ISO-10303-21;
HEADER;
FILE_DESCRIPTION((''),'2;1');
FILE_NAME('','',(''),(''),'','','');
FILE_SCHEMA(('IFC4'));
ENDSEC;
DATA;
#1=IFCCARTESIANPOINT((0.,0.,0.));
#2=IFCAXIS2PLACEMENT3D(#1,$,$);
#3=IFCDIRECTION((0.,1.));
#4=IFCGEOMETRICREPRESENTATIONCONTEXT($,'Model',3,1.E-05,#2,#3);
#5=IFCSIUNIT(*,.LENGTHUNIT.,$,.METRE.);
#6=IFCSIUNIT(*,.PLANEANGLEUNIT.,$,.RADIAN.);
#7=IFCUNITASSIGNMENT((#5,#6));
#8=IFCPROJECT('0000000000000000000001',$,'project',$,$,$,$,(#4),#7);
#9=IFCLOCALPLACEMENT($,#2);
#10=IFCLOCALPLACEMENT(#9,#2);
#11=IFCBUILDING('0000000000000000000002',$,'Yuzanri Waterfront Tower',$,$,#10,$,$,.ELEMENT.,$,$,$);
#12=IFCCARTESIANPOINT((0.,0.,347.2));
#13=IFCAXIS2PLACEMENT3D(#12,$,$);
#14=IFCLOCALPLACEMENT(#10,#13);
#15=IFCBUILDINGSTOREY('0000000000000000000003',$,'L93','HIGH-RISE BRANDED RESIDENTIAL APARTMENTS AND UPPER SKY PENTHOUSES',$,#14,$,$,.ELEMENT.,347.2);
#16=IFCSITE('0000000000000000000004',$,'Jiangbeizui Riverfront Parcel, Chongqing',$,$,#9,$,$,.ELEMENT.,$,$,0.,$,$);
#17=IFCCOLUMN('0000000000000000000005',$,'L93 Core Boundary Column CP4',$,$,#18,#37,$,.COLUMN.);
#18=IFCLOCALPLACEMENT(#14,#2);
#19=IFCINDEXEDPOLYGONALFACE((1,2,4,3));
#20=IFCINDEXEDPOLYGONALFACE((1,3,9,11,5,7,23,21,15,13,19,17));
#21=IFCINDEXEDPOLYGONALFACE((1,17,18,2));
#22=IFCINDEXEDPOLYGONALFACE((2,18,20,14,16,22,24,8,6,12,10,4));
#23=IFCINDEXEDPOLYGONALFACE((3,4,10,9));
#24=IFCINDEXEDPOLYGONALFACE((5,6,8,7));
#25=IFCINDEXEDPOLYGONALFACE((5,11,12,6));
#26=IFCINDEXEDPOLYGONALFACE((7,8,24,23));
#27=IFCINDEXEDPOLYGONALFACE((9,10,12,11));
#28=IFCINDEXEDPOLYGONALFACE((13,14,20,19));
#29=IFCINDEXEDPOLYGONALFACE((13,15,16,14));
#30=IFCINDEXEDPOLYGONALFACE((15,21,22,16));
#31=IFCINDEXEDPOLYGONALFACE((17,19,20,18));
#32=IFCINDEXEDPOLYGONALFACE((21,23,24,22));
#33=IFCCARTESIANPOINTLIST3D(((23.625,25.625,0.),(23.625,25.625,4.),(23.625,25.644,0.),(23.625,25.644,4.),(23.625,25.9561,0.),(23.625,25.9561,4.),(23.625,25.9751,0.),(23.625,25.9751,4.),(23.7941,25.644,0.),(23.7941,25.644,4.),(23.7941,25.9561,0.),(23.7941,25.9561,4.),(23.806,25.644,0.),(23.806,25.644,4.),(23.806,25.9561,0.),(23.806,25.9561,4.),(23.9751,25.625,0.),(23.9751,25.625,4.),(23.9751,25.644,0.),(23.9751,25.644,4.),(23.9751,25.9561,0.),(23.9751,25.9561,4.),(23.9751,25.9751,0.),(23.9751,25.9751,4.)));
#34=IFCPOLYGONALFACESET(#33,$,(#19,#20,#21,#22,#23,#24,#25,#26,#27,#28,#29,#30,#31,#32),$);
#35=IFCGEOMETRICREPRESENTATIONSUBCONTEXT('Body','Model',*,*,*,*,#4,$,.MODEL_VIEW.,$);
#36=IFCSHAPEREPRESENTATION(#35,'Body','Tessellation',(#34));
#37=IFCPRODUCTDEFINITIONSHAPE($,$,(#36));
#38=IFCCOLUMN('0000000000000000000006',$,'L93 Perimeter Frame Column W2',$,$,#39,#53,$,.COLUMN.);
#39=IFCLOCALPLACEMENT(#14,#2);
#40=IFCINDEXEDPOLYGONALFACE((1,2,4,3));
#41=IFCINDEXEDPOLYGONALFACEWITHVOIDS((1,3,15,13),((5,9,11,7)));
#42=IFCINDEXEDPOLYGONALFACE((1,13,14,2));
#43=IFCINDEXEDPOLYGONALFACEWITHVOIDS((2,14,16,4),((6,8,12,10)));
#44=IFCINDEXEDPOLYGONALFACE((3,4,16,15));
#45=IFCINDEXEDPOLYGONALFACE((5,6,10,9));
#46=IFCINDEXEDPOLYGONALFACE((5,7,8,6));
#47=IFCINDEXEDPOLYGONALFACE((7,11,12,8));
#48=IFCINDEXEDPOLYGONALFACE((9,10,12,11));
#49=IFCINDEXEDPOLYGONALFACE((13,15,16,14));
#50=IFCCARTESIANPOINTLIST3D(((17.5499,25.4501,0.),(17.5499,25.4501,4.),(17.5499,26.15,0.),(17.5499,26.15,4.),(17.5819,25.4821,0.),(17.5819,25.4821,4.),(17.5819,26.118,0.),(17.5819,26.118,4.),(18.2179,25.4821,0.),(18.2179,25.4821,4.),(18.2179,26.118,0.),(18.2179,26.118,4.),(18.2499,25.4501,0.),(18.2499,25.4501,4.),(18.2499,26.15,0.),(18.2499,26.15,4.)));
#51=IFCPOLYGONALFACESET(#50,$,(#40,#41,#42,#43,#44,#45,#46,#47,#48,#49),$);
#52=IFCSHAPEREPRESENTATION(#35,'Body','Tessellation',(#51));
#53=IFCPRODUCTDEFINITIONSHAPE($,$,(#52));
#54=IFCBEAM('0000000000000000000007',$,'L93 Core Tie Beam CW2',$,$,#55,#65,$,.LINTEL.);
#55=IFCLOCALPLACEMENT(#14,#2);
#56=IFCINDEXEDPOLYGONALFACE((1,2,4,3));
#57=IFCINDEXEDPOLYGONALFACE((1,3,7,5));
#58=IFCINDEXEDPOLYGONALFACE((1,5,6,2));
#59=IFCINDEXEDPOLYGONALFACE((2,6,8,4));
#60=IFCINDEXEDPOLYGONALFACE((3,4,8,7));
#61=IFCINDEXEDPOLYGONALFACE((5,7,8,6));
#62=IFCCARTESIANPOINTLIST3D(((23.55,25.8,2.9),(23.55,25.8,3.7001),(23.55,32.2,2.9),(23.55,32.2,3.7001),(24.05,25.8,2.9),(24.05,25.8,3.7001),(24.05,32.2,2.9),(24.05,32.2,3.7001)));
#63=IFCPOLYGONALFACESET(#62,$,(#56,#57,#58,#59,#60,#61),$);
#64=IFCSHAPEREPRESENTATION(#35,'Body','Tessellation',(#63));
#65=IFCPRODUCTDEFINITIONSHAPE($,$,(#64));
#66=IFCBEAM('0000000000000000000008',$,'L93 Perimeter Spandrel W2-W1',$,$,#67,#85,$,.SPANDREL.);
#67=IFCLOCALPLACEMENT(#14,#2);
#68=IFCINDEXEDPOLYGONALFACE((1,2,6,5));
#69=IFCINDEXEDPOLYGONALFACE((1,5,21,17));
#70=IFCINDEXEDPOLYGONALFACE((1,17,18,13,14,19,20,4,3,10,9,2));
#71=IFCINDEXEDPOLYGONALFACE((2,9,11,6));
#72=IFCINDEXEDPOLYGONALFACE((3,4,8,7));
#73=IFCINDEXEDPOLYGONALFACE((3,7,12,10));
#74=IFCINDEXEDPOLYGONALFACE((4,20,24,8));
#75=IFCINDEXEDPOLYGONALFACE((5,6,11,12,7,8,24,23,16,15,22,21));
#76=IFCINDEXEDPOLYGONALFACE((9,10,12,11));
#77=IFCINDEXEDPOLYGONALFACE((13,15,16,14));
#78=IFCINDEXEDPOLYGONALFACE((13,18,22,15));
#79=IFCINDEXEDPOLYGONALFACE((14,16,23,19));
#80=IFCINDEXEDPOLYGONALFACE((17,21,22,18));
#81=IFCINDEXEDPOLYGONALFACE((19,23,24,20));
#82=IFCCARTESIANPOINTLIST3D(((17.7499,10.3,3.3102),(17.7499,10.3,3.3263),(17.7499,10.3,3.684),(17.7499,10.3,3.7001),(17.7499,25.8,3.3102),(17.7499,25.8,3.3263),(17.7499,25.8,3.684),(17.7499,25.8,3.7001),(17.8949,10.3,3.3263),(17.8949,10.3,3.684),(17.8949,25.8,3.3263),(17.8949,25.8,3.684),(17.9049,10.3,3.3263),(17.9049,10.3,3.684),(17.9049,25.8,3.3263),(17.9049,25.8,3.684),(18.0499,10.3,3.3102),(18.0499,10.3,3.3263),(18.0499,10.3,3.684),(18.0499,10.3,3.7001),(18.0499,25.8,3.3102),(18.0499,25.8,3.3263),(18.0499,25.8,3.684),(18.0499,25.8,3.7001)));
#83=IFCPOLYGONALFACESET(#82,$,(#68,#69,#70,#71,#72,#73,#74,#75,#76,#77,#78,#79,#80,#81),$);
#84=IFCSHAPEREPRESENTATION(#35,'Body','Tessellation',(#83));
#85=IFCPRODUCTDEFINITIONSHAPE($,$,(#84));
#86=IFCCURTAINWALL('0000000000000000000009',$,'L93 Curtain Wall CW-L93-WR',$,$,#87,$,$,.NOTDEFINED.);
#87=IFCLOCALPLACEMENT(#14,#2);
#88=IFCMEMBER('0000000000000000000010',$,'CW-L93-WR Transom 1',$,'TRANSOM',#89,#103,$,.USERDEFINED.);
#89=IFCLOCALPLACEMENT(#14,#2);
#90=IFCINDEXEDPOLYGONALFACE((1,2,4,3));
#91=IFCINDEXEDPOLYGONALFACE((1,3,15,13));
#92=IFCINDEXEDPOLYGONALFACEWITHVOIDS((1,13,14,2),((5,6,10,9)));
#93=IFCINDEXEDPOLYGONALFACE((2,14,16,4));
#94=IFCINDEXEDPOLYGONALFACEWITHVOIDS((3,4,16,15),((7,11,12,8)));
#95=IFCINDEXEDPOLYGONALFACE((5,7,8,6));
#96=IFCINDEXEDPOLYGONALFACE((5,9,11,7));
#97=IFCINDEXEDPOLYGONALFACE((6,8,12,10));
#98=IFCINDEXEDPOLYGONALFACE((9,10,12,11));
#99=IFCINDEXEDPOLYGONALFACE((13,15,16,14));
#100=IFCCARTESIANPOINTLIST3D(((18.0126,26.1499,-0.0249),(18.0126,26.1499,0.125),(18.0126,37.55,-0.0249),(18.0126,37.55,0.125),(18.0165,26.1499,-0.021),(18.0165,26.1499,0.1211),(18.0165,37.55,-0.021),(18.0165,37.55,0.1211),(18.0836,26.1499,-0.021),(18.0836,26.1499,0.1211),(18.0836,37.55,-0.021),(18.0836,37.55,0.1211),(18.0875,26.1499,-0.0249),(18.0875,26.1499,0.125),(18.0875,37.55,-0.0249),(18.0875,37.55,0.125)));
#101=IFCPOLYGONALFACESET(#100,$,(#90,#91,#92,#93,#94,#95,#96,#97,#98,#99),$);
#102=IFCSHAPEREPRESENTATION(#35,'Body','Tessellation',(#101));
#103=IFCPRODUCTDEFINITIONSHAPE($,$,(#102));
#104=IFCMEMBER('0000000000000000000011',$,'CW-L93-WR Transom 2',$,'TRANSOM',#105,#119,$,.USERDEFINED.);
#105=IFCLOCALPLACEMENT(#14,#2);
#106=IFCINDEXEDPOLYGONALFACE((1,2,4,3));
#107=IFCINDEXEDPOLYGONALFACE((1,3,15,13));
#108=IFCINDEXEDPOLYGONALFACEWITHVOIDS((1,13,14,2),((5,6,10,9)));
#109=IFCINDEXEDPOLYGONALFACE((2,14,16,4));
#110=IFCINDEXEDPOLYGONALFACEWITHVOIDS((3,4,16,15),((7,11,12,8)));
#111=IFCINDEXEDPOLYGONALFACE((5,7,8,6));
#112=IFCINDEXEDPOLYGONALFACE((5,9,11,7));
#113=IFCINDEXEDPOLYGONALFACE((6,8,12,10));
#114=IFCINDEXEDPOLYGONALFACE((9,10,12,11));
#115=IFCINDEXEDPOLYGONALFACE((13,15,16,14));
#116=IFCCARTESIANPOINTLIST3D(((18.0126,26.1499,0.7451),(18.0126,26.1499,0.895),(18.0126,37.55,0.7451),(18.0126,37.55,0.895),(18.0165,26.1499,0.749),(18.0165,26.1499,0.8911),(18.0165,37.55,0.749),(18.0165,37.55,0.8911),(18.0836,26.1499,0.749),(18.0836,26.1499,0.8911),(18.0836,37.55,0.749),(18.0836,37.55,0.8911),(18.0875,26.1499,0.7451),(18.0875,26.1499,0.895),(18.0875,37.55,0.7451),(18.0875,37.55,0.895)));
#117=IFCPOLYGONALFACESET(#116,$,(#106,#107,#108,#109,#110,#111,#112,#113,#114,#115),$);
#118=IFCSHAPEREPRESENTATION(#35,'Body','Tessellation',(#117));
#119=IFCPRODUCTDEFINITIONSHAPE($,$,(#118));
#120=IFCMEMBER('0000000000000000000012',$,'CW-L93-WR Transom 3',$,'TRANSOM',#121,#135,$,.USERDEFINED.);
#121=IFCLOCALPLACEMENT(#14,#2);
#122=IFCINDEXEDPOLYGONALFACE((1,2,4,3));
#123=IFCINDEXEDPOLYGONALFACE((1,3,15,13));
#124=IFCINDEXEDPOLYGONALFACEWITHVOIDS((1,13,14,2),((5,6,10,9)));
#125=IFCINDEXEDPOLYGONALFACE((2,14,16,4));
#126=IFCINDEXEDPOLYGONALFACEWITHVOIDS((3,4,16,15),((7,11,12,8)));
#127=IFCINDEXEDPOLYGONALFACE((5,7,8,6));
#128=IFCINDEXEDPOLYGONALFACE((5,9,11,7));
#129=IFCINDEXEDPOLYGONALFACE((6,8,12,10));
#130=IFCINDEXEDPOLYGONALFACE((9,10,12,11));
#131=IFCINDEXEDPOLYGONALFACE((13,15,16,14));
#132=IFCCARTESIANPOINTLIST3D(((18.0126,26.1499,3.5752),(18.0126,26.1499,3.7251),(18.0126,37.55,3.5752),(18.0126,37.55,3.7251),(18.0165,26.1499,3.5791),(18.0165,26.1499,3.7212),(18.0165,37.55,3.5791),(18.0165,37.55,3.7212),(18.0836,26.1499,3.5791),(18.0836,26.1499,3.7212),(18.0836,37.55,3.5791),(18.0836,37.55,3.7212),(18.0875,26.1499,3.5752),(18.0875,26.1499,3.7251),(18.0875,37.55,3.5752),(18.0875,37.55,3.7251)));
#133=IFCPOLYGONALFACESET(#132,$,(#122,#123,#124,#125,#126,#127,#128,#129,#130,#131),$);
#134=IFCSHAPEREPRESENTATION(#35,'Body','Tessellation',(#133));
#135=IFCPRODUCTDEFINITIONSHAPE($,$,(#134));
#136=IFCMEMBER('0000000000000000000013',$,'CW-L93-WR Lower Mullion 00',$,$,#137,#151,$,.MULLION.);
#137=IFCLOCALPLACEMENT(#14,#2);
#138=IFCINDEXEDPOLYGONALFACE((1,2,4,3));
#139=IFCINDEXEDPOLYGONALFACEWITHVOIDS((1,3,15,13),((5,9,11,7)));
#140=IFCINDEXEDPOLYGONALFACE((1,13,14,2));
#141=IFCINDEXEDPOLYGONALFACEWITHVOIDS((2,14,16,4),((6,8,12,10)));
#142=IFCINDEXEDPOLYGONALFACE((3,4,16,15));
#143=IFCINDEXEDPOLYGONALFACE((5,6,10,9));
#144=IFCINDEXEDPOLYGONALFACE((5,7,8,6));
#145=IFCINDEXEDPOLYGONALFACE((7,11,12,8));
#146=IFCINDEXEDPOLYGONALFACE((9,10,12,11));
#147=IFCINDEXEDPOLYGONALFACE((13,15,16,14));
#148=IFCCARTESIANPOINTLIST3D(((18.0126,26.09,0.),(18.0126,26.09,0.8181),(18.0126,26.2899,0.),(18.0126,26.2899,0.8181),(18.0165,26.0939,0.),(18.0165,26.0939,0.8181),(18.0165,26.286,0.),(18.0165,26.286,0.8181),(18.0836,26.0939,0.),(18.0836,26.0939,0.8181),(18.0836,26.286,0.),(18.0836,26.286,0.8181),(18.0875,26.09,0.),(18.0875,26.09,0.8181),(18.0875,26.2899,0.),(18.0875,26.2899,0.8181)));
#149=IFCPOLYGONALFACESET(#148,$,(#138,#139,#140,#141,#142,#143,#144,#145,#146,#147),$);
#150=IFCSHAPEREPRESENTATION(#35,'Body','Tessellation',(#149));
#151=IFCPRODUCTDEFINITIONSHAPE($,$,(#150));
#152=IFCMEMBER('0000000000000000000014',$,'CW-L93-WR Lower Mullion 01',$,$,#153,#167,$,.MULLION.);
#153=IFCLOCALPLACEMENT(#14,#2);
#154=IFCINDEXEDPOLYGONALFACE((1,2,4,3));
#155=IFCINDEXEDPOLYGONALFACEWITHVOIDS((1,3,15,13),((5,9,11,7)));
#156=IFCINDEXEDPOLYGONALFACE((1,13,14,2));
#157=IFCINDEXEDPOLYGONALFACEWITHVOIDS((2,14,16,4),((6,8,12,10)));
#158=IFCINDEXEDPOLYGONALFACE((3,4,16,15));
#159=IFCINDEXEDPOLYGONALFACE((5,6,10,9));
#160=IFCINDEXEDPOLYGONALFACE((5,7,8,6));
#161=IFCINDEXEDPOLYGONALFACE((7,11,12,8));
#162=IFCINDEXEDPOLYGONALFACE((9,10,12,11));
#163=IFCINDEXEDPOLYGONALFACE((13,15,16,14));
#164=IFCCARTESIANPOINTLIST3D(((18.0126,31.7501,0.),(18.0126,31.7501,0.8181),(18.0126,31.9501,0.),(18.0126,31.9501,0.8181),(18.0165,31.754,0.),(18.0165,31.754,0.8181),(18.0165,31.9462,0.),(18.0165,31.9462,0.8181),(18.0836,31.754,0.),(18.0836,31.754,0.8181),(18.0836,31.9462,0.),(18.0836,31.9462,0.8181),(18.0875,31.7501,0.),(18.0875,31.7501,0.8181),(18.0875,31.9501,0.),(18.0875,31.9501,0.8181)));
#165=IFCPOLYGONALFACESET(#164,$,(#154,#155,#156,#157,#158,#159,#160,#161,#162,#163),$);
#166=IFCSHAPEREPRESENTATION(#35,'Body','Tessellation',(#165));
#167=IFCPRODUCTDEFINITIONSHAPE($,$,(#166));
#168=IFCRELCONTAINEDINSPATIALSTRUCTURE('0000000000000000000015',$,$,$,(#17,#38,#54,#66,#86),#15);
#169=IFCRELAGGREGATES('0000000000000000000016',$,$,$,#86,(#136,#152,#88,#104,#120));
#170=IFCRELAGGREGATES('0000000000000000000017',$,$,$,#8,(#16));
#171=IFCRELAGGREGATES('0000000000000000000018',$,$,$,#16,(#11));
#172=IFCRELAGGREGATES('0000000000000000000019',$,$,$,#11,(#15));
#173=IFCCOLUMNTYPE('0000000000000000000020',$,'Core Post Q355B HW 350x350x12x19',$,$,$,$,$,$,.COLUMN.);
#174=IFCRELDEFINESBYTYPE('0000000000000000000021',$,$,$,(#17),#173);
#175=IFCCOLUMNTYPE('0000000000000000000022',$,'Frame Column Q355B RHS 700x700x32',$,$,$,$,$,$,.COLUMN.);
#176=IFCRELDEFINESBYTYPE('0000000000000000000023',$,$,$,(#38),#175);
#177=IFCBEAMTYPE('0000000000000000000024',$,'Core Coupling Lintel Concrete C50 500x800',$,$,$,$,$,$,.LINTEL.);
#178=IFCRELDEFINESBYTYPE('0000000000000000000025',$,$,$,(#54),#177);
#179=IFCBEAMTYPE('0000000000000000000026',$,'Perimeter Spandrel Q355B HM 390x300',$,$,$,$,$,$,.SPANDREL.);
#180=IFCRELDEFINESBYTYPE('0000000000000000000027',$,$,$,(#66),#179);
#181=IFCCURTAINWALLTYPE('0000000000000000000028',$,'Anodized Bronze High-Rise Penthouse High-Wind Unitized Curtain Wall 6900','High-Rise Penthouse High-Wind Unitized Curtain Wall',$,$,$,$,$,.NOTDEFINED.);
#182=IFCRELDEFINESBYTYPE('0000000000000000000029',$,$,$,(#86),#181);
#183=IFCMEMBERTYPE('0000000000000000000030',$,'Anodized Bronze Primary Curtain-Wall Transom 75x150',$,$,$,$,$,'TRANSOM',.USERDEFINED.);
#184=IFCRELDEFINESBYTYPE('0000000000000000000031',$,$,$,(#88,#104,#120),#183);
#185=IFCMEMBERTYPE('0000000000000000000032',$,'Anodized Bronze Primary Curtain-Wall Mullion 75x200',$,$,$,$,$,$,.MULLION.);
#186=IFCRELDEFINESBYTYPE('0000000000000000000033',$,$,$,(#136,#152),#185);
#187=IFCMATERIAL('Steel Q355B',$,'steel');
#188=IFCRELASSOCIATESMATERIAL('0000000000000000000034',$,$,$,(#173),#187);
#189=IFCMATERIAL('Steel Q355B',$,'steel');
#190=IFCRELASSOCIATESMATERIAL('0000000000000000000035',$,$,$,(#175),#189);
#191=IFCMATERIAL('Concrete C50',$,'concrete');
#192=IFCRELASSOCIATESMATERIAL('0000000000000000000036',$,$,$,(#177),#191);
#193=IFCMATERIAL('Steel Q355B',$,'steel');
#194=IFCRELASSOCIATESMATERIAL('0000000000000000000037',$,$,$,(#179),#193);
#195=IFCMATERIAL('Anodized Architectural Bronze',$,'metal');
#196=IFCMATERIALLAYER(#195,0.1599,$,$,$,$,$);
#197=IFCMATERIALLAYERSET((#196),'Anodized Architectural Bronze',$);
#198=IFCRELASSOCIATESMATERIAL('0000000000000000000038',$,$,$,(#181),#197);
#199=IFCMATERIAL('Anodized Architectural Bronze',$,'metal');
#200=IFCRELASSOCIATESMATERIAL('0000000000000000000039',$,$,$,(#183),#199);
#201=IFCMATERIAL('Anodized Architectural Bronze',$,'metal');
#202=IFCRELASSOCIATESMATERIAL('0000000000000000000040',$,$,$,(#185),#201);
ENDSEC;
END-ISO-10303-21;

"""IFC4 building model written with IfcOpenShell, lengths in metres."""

from ifc_helpers import new_model, si_unit, direction, frame, origin, origin_2d, place, context, subcontext, project, spatial, rectangle, hollow_rectangle, i_section, extrude, source, transform, mapped, material, layer, layer_set, material_profile, profile_set, type_object, element, aggregate, save


model = new_model("IFC4")

# Units and contexts
model_context = context("Model", 3, precision=1e-05, world=origin(), true_north=direction((0.0, 1.0)))
body_context = subcontext(model_context, "Body", "Model", "MODEL_VIEW")
ifc_project = project(units=[si_unit("LENGTHUNIT", "METRE"), si_unit("PLANEANGLEUNIT", "RADIAN")], contexts=[model_context])

# Site, building, storey
site_placement = place(None, origin())
site = spatial("IfcSite", under=ifc_project, at=site_placement, Name="Jiangbeizui Riverfront Parcel, Chongqing", CompositionType="ELEMENT", RefElevation=0.0)
building_placement = place(site_placement, origin())
building = spatial("IfcBuilding", under=site, at=building_placement, Name="Yuzanri Waterfront Tower", CompositionType="ELEMENT")
storey_placement = place(building_placement, frame((0.0, 0.0, 347.2)))
storey = spatial("IfcBuildingStorey", under=building, at=storey_placement, Name="L93", Description="HIGH-RISE BRANDED RESIDENTIAL APARTMENTS AND UPPER SKY PENTHOUSES", CompositionType="ELEMENT", Elevation=347.2)

# Columns
ifc_material_1 = material(Name="Steel Q355B", Category="steel")
ifc_material_profile_1 = material_profile(ifc_material_1, i_section(OverallWidth=0.3501, OverallDepth=0.3501, WebThickness=0.012, FlangeThickness=0.019, at=origin_2d()), Name="HW 350x350x12x19")
ifc_profile_set_1 = profile_set([ifc_material_profile_1], Name="Steel Q355B")
column_type_1 = type_object("IfcColumnType", Name="Core Post Q355B HW 350x350x12x19", PredefinedType="COLUMN", material=ifc_profile_set_1)
shared_shape_1 = source(origin(), body_context, "Body", "SweptSolid", [
    extrude(i_section(OverallWidth=0.3501, OverallDepth=0.3501, WebThickness=0.012, FlangeThickness=0.019, at=origin_2d()), origin(), (0.0, 0.0, 1.0), 4.0),
])
column_1_placement = place(storey_placement, frame((23.8, 25.8, 0.0), z_axis=(0.0, 0.0, 1.0), x_axis=(1.0, 0.0, 0.0)))
element("IfcColumn", 1, at=column_1_placement, inside=storey, type_object=column_type_1, Name="L93 Core Boundary Column CP4", PredefinedType="COLUMN", context=body_context, shape_type="MappedRepresentation", body=[
    mapped(shared_shape_1, transform((0.0, 0.0, 0.0), scale=1.0)),
])
ifc_material_2 = material(Name="Steel Q355B", Category="steel")
ifc_material_profile_2 = material_profile(ifc_material_2, hollow_rectangle(XDim=0.7, YDim=0.7, WallThickness=0.032, at=origin_2d()), Name="RHS 700x700x32")
ifc_profile_set_2 = profile_set([ifc_material_profile_2], Name="Steel Q355B")
column_type_2 = type_object("IfcColumnType", Name="Frame Column Q355B RHS 700x700x32", PredefinedType="COLUMN", material=ifc_profile_set_2)
shared_shape_2 = source(origin(), body_context, "Body", "SweptSolid", [
    extrude(hollow_rectangle(XDim=0.7, YDim=0.7, WallThickness=0.032, at=origin_2d()), origin(), (0.0, 0.0, 1.0), 4.0),
])
column_2_placement = place(storey_placement, frame((17.8999, 25.8, 0.0), z_axis=(0.0, 0.0, 1.0), x_axis=(1.0, 0.0, 0.0)))
element("IfcColumn", 2, at=column_2_placement, inside=storey, type_object=column_type_2, Name="L93 Perimeter Frame Column W2", PredefinedType="COLUMN", context=body_context, shape_type="MappedRepresentation", body=[
    mapped(shared_shape_2, transform((0.0, 0.0, 0.0), scale=1.0)),
])

# Beams
ifc_material_3 = material(Name="Concrete C50", Category="concrete")
ifc_material_profile_3 = material_profile(ifc_material_3, rectangle(XDim=0.5, YDim=0.8, at=origin_2d()), Name="RC 500x800")
ifc_profile_set_3 = profile_set([ifc_material_profile_3], Name="Concrete C50")
beam_type_1 = type_object("IfcBeamType", Name="Core Coupling Lintel Concrete C50 500x800", PredefinedType="LINTEL", material=ifc_profile_set_3)
shared_shape_3 = source(origin(), body_context, "Body", "SweptSolid", [
    extrude(rectangle(XDim=0.5, YDim=0.8, at=origin_2d()), origin(), (0.0, 0.0, 1.0), 6.3999),
])
beam_1_placement = place(storey_placement, frame((23.8, 25.8, 3.3), z_axis=(0.0, 1.0, 0.0), x_axis=(-1.0, 0.0, 0.0)))
element("IfcBeam", 3, at=beam_1_placement, inside=storey, type_object=beam_type_1, Name="L93 Core Tie Beam CW2", PredefinedType="LINTEL", context=body_context, shape_type="MappedRepresentation", body=[
    mapped(shared_shape_3, transform((0.0, 0.0, 0.0), scale=1.0)),
])
ifc_material_4 = material(Name="Steel Q355B", Category="steel")
ifc_material_profile_4 = material_profile(ifc_material_4, i_section(OverallWidth=0.3, OverallDepth=0.3899, WebThickness=0.01, FlangeThickness=0.0161, at=origin_2d()), Name="HM 390x300x10x16")
ifc_profile_set_4 = profile_set([ifc_material_profile_4], Name="Steel Q355B")
beam_type_2 = type_object("IfcBeamType", Name="Perimeter Spandrel Q355B HM 390x300", PredefinedType="SPANDREL", material=ifc_profile_set_4)
shared_shape_4 = source(origin(), body_context, "Body", "SweptSolid", [
    extrude(i_section(OverallWidth=0.3, OverallDepth=0.3899, WebThickness=0.01, FlangeThickness=0.0161, at=origin_2d()), origin(), (0.0, 0.0, 1.0), 15.5),
])
beam_2_placement = place(storey_placement, frame((17.8999, 25.8, 3.5051), z_axis=(0.0, -1.0, 0.0), x_axis=(1.0, 0.0, 0.0)))
element("IfcBeam", 4, at=beam_2_placement, inside=storey, type_object=beam_type_2, Name="L93 Perimeter Spandrel W2-W1", PredefinedType="SPANDREL", context=body_context, shape_type="MappedRepresentation", body=[
    mapped(shared_shape_4, transform((0.0, 0.0, 0.0), scale=1.0)),
])

# Curtain wall, members
ifc_material_5 = material(Name="Anodized Architectural Bronze", Category="metal")
ifc_layer_1 = layer(ifc_material_5, 0.1599)
ifc_layer_set_1 = layer_set([ifc_layer_1], Name="Anodized Architectural Bronze")
curtain_wall_type = type_object("IfcCurtainWallType", Name="Anodized Bronze High-Rise Penthouse High-Wind Unitized Curtain Wall 6900", Description="High-Rise Penthouse High-Wind Unitized Curtain Wall", PredefinedType="NOTDEFINED", material=ifc_layer_set_1)
curtain_wall_placement = place(storey_placement, origin())
curtain_wall = element("IfcCurtainWall", 5, at=curtain_wall_placement, inside=storey, type_object=curtain_wall_type, Name="L93 Curtain Wall CW-L93-WR", PredefinedType="NOTDEFINED")
ifc_material_6 = material(Name="Anodized Architectural Bronze", Category="metal")
ifc_material_profile_5 = material_profile(ifc_material_6, hollow_rectangle(XDim=0.075, YDim=0.1499, WallThickness=0.0039, at=origin_2d()), Name="CWT 75x150")
ifc_profile_set_5 = profile_set([ifc_material_profile_5], Name="Anodized Architectural Bronze")
member_type_1 = type_object("IfcMemberType", Name="Anodized Bronze Primary Curtain-Wall Transom 75x150", ElementType="TRANSOM", PredefinedType="USERDEFINED", material=ifc_profile_set_5)
shared_shape_5 = source(origin(), body_context, "Body", "SweptSolid", [
    extrude(hollow_rectangle(XDim=0.075, YDim=0.1499, WallThickness=0.0039, at=origin_2d()), origin(), (0.0, 0.0, 1.0), 11.4001),
])
member_1_placement = place(storey_placement, frame((18.05, 26.1499, 0.05), z_axis=(0.0, 1.0, 0.0), x_axis=(-1.0, 0.0, 0.0)))
member_1 = element("IfcMember", 6, at=member_1_placement, type_object=member_type_1, Name="CW-L93-WR Transom 1", ObjectType="TRANSOM", PredefinedType="USERDEFINED", context=body_context, shape_type="MappedRepresentation", body=[
    mapped(shared_shape_5, transform((0.0, 0.0, 0.0), scale=1.0)),
])
member_2_placement = place(storey_placement, frame((18.05, 26.1499, 0.8201), z_axis=(0.0, 1.0, 0.0), x_axis=(-1.0, 0.0, 0.0)))
member_2 = element("IfcMember", 7, at=member_2_placement, type_object=member_type_1, Name="CW-L93-WR Transom 2", ObjectType="TRANSOM", PredefinedType="USERDEFINED", context=body_context, shape_type="MappedRepresentation", body=[
    mapped(shared_shape_5, transform((0.0, 0.0, 0.0), scale=1.0)),
])
member_3_placement = place(storey_placement, frame((18.05, 26.1499, 3.6501), z_axis=(0.0, 1.0, 0.0), x_axis=(-1.0, 0.0, 0.0)))
member_3 = element("IfcMember", 8, at=member_3_placement, type_object=member_type_1, Name="CW-L93-WR Transom 3", ObjectType="TRANSOM", PredefinedType="USERDEFINED", context=body_context, shape_type="MappedRepresentation", body=[
    mapped(shared_shape_5, transform((0.0, 0.0, 0.0), scale=1.0)),
])
ifc_material_7 = material(Name="Anodized Architectural Bronze", Category="metal")
ifc_material_profile_6 = material_profile(ifc_material_7, hollow_rectangle(XDim=0.075, YDim=0.2, WallThickness=0.0039, at=origin_2d()), Name="CWM 75x200")
ifc_profile_set_6 = profile_set([ifc_material_profile_6], Name="Anodized Architectural Bronze")
member_type_2 = type_object("IfcMemberType", Name="Anodized Bronze Primary Curtain-Wall Mullion 75x200", PredefinedType="MULLION", material=ifc_profile_set_6)
shared_shape_6 = source(origin(), body_context, "Body", "SweptSolid", [
    extrude(hollow_rectangle(XDim=0.075, YDim=0.2, WallThickness=0.0039, at=origin_2d()), origin(), (0.0, 0.0, 1.0), 0.8181),
])
member_4_placement = place(storey_placement, frame((18.05, 26.1899, 0.0), z_axis=(0.0, 0.0, 1.0), x_axis=(1.0, 0.0, 0.0)))
member_4 = element("IfcMember", 9, at=member_4_placement, type_object=member_type_2, Name="CW-L93-WR Lower Mullion 00", PredefinedType="MULLION", context=body_context, shape_type="MappedRepresentation", body=[
    mapped(shared_shape_6, transform((0.0, 0.0, 0.0), scale=1.0)),
])
member_5_placement = place(storey_placement, frame((18.05, 31.8501, 0.0), z_axis=(0.0, 0.0, 1.0), x_axis=(1.0, 0.0, 0.0)))
member_5 = element("IfcMember", 10, at=member_5_placement, type_object=member_type_2, Name="CW-L93-WR Lower Mullion 01", PredefinedType="MULLION", context=body_context, shape_type="MappedRepresentation", body=[
    mapped(shared_shape_6, transform((0.0, 0.0, 0.0), scale=1.0)),
])

aggregate(curtain_wall, [member_4, member_5, member_1, member_2, member_3])

save(model, "model.ifc")
